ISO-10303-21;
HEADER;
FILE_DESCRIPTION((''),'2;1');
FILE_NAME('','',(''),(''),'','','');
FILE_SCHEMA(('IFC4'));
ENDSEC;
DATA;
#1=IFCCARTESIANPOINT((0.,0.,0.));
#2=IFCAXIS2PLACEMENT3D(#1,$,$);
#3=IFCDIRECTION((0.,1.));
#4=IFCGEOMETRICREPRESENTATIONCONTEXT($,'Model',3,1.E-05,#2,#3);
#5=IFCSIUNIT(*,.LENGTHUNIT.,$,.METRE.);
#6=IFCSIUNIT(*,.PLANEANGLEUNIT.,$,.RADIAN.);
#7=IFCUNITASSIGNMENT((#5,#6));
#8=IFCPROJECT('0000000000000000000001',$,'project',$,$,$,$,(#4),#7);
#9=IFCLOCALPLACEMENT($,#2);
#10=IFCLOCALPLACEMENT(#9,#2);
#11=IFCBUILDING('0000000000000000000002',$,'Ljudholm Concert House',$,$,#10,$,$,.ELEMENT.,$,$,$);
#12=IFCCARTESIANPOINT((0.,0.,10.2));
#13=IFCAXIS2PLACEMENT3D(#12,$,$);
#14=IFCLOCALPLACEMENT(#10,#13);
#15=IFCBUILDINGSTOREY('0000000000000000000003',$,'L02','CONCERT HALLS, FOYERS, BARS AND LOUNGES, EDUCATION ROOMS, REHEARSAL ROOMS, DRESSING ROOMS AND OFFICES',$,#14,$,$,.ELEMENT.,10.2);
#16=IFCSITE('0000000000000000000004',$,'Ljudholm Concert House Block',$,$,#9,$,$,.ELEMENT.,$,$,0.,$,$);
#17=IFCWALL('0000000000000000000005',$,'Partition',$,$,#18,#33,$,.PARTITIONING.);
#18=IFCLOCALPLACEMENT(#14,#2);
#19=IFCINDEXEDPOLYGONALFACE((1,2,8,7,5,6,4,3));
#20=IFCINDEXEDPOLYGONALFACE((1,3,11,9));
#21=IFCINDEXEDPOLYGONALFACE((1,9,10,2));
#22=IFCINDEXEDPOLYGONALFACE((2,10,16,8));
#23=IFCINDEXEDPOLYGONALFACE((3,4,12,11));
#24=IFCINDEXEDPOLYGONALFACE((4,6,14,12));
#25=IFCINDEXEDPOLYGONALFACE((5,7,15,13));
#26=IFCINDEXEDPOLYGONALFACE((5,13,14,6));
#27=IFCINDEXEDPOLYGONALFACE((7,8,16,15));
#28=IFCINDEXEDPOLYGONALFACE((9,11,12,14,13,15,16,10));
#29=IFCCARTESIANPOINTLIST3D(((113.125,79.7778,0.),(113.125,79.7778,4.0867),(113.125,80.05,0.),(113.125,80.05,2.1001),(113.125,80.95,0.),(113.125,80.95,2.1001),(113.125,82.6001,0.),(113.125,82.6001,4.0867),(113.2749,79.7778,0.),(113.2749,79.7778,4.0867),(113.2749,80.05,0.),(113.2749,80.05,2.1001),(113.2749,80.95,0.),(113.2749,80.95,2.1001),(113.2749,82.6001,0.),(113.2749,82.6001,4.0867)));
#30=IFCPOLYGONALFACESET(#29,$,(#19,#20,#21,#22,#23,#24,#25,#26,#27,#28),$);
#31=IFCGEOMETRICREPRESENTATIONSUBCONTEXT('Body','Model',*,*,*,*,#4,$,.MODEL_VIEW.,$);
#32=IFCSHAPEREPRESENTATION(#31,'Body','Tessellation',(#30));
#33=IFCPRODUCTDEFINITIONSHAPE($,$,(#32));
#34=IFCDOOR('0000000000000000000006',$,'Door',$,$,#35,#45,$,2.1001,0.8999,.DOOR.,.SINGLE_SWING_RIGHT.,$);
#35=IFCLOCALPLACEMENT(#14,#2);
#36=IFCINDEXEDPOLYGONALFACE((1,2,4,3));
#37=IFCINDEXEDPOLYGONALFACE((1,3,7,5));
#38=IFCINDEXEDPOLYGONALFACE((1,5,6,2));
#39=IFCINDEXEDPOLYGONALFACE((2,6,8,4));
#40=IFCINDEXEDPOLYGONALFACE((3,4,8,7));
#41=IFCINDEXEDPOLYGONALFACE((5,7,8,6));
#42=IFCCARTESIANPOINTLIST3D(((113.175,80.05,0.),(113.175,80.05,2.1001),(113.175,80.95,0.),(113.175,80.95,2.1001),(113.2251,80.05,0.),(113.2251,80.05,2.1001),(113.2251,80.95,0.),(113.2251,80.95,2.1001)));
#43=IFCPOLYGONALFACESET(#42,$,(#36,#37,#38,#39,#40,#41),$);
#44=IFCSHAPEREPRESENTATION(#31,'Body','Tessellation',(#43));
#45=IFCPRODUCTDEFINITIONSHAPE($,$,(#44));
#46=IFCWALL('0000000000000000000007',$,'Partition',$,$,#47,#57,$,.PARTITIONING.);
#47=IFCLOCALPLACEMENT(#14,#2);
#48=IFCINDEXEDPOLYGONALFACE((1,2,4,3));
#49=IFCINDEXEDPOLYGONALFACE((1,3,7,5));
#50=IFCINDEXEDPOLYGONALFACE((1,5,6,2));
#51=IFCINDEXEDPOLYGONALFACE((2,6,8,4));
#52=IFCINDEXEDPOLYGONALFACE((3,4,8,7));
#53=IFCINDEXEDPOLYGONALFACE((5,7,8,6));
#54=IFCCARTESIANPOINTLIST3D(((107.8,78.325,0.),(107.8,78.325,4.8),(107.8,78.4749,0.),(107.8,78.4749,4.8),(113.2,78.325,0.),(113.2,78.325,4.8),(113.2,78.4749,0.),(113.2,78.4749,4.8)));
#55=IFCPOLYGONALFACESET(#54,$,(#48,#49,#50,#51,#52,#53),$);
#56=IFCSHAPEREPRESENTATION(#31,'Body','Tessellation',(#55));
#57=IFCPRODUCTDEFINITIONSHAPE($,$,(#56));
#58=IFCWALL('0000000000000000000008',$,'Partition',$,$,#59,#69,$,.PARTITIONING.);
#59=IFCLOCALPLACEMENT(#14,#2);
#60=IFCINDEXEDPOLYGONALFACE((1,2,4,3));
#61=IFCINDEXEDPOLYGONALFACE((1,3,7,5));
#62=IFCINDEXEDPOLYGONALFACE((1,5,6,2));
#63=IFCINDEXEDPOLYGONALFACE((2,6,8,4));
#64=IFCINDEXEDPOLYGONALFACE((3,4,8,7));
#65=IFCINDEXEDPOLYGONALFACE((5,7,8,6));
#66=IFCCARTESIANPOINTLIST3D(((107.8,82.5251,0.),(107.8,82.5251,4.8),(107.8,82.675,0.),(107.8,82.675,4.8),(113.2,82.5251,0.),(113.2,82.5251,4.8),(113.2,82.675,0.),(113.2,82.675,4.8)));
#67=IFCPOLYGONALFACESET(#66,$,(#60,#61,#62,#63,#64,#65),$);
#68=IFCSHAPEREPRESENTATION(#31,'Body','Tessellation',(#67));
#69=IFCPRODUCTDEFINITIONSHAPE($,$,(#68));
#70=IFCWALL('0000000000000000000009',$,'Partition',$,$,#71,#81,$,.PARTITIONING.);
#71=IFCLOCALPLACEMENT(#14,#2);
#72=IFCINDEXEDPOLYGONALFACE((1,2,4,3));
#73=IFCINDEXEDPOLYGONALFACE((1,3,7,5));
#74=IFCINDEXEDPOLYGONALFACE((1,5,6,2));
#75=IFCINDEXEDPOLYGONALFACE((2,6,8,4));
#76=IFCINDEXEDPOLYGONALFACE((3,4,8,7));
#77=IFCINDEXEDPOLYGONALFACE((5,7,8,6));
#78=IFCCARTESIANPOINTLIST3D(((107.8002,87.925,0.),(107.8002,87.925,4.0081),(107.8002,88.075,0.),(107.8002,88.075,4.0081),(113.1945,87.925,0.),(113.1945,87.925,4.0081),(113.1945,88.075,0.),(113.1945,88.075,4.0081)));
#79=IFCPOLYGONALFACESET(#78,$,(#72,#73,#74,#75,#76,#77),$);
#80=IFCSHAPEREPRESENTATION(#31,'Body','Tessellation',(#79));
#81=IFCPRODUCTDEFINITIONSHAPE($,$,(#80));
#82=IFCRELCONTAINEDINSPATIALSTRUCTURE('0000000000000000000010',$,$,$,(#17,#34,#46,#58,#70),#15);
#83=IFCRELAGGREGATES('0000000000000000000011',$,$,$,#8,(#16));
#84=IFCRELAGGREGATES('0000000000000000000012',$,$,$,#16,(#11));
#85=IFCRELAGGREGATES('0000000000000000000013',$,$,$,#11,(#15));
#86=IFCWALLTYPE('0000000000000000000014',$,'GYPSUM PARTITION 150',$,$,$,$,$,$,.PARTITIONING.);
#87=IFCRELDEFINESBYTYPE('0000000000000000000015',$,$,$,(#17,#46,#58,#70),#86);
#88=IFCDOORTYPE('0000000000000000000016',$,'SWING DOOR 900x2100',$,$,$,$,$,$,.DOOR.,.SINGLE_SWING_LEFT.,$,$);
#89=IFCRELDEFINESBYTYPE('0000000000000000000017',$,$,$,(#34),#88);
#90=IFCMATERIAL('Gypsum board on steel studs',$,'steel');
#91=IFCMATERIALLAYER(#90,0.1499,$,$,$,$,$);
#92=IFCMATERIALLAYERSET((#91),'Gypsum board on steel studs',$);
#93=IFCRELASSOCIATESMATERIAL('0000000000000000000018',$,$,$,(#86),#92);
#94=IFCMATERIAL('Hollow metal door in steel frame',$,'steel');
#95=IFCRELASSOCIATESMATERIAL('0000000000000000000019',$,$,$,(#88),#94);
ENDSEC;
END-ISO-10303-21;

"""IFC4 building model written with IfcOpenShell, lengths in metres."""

from ifc_helpers import new_model, si_unit, direction, frame, frame_2d, origin, place, context, subcontext, project, spatial, rectangle, extrude, material, layer, layer_set, type_object, element, fill, save


model = new_model("IFC4")

# Units and contexts
model_context = context("Model", 3, precision=1e-05, world=origin(), true_north=direction((0.0, 1.0)))
body_context = subcontext(model_context, "Body", "Model", "MODEL_VIEW")
ifc_project = project(units=[si_unit("LENGTHUNIT", "METRE"), si_unit("PLANEANGLEUNIT", "RADIAN")], contexts=[model_context])

# Site, building, storey
site_placement = place(None, origin())
site = spatial("IfcSite", under=ifc_project, at=site_placement, Name="Ljudholm Concert House Block", CompositionType="ELEMENT", RefElevation=0.0)
building_placement = place(site_placement, origin())
building = spatial("IfcBuilding", under=site, at=building_placement, Name="Ljudholm Concert House", CompositionType="ELEMENT")
storey_placement = place(building_placement, frame((0.0, 0.0, 10.2)))
storey = spatial("IfcBuildingStorey", under=building, at=storey_placement, Name="L02", Description="CONCERT HALLS, FOYERS, BARS AND LOUNGES, EDUCATION ROOMS, REHEARSAL ROOMS, DRESSING ROOMS AND OFFICES", CompositionType="ELEMENT", Elevation=10.2)

# Shared definitions
ifc_material_1 = material(Name="Gypsum board on steel studs", Category="steel")
ifc_layer_1 = layer(ifc_material_1, 0.1499)
ifc_layer_set_1 = layer_set([ifc_layer_1], Name="Gypsum board on steel studs")
wall_type_1 = type_object("IfcWallType", Name="GYPSUM PARTITION 150", PredefinedType="PARTITIONING", material=ifc_layer_set_1)

# Wall, opening, door
wall_1_placement = place(storey_placement, frame((113.2, 79.7778, 0.0), z_axis=(0.0, 0.0, 1.0), x_axis=(0.0, 1.0, 0.0)))
wall_1 = element("IfcWall", 1, at=wall_1_placement, inside=storey, type_object=wall_type_1, Name="Partition", PredefinedType="PARTITIONING", context=body_context, shape_type="SweptSolid", body=[
    extrude(rectangle(XDim=2.8223, YDim=0.1499, at=frame_2d((1.4111, 0.0))), origin(), (0.0, 0.0, 1.0), 4.0867),
])
opening_1_placement = place(wall_1_placement, frame((0.2722, 0.0, 0.0)))
opening_1 = element("IfcOpeningElement", 2, at=opening_1_placement, cuts=wall_1, PredefinedType="OPENING", context=body_context, shape_type="SweptSolid", body=[
    extrude(rectangle(XDim=0.8999, YDim=2.1001, at=frame_2d((0.45, 1.05))), frame((0.0, 0.085, 0.0), z_axis=(0.0, -1.0, 0.0), x_axis=(1.0, 0.0, 0.0)), (0.0, 0.0, 1.0), 0.1699),
])
ifc_material_2 = material(Name="Hollow metal door in steel frame", Category="steel")
door_type_1 = type_object("IfcDoorType", Name="SWING DOOR 900x2100", OperationType="SINGLE_SWING_LEFT", PredefinedType="DOOR", material=ifc_material_2)
door_1_placement = place(opening_1_placement, origin())
door_1 = element("IfcDoor", 3, at=door_1_placement, inside=storey, type_object=door_type_1, Name="Door", OperationType="SINGLE_SWING_RIGHT", OverallHeight=2.1001, OverallWidth=0.8999, PredefinedType="DOOR", context=body_context, shape_type="SweptSolid", body=[
    extrude(rectangle(XDim=0.8999, YDim=2.1001, at=frame_2d((0.45, 1.05))), frame((0.0, 0.0249, 0.0), z_axis=(0.0, -1.0, 0.0), x_axis=(1.0, 0.0, 0.0)), (0.0, 0.0, 1.0), 0.05),
])
fill(opening_1, door_1)

# Walls
for number, where, z_axis, x_axis, name in (
    (4, (107.8, 78.3999, 0.0), (0.0, 0.0, 1.0), (1.0, 0.0, 0.0), "Partition"),
    (5, (107.8, 82.6001, 0.0), (0.0, 0.0, 1.0), (1.0, 0.0, 0.0), "Partition"),
):
    element("IfcWall", number, at=place(storey_placement, frame(where, z_axis=z_axis, x_axis=x_axis)), inside=storey, type_object=wall_type_1, Name=name, PredefinedType="PARTITIONING", context=body_context, shape_type="SweptSolid", body=[
        extrude(rectangle(XDim=5.3999, YDim=0.1499, at=frame_2d((2.7, 0.0))), origin(), (0.0, 0.0, 1.0), 4.8),
    ])
wall_2_placement = place(storey_placement, frame((107.8, 88.0, 0.0), z_axis=(0.0, 0.0, 1.0), x_axis=(1.0, 0.0, 0.0)))
element("IfcWall", 6, at=wall_2_placement, inside=storey, type_object=wall_type_1, Name="Partition", PredefinedType="PARTITIONING", context=body_context, shape_type="SweptSolid", body=[
    extrude(rectangle(XDim=5.3943, YDim=0.1499, at=frame_2d((2.6973, 0.0))), origin(), (0.0, 0.0, 1.0), 4.0081),
])

save(model, "model.ifc")
